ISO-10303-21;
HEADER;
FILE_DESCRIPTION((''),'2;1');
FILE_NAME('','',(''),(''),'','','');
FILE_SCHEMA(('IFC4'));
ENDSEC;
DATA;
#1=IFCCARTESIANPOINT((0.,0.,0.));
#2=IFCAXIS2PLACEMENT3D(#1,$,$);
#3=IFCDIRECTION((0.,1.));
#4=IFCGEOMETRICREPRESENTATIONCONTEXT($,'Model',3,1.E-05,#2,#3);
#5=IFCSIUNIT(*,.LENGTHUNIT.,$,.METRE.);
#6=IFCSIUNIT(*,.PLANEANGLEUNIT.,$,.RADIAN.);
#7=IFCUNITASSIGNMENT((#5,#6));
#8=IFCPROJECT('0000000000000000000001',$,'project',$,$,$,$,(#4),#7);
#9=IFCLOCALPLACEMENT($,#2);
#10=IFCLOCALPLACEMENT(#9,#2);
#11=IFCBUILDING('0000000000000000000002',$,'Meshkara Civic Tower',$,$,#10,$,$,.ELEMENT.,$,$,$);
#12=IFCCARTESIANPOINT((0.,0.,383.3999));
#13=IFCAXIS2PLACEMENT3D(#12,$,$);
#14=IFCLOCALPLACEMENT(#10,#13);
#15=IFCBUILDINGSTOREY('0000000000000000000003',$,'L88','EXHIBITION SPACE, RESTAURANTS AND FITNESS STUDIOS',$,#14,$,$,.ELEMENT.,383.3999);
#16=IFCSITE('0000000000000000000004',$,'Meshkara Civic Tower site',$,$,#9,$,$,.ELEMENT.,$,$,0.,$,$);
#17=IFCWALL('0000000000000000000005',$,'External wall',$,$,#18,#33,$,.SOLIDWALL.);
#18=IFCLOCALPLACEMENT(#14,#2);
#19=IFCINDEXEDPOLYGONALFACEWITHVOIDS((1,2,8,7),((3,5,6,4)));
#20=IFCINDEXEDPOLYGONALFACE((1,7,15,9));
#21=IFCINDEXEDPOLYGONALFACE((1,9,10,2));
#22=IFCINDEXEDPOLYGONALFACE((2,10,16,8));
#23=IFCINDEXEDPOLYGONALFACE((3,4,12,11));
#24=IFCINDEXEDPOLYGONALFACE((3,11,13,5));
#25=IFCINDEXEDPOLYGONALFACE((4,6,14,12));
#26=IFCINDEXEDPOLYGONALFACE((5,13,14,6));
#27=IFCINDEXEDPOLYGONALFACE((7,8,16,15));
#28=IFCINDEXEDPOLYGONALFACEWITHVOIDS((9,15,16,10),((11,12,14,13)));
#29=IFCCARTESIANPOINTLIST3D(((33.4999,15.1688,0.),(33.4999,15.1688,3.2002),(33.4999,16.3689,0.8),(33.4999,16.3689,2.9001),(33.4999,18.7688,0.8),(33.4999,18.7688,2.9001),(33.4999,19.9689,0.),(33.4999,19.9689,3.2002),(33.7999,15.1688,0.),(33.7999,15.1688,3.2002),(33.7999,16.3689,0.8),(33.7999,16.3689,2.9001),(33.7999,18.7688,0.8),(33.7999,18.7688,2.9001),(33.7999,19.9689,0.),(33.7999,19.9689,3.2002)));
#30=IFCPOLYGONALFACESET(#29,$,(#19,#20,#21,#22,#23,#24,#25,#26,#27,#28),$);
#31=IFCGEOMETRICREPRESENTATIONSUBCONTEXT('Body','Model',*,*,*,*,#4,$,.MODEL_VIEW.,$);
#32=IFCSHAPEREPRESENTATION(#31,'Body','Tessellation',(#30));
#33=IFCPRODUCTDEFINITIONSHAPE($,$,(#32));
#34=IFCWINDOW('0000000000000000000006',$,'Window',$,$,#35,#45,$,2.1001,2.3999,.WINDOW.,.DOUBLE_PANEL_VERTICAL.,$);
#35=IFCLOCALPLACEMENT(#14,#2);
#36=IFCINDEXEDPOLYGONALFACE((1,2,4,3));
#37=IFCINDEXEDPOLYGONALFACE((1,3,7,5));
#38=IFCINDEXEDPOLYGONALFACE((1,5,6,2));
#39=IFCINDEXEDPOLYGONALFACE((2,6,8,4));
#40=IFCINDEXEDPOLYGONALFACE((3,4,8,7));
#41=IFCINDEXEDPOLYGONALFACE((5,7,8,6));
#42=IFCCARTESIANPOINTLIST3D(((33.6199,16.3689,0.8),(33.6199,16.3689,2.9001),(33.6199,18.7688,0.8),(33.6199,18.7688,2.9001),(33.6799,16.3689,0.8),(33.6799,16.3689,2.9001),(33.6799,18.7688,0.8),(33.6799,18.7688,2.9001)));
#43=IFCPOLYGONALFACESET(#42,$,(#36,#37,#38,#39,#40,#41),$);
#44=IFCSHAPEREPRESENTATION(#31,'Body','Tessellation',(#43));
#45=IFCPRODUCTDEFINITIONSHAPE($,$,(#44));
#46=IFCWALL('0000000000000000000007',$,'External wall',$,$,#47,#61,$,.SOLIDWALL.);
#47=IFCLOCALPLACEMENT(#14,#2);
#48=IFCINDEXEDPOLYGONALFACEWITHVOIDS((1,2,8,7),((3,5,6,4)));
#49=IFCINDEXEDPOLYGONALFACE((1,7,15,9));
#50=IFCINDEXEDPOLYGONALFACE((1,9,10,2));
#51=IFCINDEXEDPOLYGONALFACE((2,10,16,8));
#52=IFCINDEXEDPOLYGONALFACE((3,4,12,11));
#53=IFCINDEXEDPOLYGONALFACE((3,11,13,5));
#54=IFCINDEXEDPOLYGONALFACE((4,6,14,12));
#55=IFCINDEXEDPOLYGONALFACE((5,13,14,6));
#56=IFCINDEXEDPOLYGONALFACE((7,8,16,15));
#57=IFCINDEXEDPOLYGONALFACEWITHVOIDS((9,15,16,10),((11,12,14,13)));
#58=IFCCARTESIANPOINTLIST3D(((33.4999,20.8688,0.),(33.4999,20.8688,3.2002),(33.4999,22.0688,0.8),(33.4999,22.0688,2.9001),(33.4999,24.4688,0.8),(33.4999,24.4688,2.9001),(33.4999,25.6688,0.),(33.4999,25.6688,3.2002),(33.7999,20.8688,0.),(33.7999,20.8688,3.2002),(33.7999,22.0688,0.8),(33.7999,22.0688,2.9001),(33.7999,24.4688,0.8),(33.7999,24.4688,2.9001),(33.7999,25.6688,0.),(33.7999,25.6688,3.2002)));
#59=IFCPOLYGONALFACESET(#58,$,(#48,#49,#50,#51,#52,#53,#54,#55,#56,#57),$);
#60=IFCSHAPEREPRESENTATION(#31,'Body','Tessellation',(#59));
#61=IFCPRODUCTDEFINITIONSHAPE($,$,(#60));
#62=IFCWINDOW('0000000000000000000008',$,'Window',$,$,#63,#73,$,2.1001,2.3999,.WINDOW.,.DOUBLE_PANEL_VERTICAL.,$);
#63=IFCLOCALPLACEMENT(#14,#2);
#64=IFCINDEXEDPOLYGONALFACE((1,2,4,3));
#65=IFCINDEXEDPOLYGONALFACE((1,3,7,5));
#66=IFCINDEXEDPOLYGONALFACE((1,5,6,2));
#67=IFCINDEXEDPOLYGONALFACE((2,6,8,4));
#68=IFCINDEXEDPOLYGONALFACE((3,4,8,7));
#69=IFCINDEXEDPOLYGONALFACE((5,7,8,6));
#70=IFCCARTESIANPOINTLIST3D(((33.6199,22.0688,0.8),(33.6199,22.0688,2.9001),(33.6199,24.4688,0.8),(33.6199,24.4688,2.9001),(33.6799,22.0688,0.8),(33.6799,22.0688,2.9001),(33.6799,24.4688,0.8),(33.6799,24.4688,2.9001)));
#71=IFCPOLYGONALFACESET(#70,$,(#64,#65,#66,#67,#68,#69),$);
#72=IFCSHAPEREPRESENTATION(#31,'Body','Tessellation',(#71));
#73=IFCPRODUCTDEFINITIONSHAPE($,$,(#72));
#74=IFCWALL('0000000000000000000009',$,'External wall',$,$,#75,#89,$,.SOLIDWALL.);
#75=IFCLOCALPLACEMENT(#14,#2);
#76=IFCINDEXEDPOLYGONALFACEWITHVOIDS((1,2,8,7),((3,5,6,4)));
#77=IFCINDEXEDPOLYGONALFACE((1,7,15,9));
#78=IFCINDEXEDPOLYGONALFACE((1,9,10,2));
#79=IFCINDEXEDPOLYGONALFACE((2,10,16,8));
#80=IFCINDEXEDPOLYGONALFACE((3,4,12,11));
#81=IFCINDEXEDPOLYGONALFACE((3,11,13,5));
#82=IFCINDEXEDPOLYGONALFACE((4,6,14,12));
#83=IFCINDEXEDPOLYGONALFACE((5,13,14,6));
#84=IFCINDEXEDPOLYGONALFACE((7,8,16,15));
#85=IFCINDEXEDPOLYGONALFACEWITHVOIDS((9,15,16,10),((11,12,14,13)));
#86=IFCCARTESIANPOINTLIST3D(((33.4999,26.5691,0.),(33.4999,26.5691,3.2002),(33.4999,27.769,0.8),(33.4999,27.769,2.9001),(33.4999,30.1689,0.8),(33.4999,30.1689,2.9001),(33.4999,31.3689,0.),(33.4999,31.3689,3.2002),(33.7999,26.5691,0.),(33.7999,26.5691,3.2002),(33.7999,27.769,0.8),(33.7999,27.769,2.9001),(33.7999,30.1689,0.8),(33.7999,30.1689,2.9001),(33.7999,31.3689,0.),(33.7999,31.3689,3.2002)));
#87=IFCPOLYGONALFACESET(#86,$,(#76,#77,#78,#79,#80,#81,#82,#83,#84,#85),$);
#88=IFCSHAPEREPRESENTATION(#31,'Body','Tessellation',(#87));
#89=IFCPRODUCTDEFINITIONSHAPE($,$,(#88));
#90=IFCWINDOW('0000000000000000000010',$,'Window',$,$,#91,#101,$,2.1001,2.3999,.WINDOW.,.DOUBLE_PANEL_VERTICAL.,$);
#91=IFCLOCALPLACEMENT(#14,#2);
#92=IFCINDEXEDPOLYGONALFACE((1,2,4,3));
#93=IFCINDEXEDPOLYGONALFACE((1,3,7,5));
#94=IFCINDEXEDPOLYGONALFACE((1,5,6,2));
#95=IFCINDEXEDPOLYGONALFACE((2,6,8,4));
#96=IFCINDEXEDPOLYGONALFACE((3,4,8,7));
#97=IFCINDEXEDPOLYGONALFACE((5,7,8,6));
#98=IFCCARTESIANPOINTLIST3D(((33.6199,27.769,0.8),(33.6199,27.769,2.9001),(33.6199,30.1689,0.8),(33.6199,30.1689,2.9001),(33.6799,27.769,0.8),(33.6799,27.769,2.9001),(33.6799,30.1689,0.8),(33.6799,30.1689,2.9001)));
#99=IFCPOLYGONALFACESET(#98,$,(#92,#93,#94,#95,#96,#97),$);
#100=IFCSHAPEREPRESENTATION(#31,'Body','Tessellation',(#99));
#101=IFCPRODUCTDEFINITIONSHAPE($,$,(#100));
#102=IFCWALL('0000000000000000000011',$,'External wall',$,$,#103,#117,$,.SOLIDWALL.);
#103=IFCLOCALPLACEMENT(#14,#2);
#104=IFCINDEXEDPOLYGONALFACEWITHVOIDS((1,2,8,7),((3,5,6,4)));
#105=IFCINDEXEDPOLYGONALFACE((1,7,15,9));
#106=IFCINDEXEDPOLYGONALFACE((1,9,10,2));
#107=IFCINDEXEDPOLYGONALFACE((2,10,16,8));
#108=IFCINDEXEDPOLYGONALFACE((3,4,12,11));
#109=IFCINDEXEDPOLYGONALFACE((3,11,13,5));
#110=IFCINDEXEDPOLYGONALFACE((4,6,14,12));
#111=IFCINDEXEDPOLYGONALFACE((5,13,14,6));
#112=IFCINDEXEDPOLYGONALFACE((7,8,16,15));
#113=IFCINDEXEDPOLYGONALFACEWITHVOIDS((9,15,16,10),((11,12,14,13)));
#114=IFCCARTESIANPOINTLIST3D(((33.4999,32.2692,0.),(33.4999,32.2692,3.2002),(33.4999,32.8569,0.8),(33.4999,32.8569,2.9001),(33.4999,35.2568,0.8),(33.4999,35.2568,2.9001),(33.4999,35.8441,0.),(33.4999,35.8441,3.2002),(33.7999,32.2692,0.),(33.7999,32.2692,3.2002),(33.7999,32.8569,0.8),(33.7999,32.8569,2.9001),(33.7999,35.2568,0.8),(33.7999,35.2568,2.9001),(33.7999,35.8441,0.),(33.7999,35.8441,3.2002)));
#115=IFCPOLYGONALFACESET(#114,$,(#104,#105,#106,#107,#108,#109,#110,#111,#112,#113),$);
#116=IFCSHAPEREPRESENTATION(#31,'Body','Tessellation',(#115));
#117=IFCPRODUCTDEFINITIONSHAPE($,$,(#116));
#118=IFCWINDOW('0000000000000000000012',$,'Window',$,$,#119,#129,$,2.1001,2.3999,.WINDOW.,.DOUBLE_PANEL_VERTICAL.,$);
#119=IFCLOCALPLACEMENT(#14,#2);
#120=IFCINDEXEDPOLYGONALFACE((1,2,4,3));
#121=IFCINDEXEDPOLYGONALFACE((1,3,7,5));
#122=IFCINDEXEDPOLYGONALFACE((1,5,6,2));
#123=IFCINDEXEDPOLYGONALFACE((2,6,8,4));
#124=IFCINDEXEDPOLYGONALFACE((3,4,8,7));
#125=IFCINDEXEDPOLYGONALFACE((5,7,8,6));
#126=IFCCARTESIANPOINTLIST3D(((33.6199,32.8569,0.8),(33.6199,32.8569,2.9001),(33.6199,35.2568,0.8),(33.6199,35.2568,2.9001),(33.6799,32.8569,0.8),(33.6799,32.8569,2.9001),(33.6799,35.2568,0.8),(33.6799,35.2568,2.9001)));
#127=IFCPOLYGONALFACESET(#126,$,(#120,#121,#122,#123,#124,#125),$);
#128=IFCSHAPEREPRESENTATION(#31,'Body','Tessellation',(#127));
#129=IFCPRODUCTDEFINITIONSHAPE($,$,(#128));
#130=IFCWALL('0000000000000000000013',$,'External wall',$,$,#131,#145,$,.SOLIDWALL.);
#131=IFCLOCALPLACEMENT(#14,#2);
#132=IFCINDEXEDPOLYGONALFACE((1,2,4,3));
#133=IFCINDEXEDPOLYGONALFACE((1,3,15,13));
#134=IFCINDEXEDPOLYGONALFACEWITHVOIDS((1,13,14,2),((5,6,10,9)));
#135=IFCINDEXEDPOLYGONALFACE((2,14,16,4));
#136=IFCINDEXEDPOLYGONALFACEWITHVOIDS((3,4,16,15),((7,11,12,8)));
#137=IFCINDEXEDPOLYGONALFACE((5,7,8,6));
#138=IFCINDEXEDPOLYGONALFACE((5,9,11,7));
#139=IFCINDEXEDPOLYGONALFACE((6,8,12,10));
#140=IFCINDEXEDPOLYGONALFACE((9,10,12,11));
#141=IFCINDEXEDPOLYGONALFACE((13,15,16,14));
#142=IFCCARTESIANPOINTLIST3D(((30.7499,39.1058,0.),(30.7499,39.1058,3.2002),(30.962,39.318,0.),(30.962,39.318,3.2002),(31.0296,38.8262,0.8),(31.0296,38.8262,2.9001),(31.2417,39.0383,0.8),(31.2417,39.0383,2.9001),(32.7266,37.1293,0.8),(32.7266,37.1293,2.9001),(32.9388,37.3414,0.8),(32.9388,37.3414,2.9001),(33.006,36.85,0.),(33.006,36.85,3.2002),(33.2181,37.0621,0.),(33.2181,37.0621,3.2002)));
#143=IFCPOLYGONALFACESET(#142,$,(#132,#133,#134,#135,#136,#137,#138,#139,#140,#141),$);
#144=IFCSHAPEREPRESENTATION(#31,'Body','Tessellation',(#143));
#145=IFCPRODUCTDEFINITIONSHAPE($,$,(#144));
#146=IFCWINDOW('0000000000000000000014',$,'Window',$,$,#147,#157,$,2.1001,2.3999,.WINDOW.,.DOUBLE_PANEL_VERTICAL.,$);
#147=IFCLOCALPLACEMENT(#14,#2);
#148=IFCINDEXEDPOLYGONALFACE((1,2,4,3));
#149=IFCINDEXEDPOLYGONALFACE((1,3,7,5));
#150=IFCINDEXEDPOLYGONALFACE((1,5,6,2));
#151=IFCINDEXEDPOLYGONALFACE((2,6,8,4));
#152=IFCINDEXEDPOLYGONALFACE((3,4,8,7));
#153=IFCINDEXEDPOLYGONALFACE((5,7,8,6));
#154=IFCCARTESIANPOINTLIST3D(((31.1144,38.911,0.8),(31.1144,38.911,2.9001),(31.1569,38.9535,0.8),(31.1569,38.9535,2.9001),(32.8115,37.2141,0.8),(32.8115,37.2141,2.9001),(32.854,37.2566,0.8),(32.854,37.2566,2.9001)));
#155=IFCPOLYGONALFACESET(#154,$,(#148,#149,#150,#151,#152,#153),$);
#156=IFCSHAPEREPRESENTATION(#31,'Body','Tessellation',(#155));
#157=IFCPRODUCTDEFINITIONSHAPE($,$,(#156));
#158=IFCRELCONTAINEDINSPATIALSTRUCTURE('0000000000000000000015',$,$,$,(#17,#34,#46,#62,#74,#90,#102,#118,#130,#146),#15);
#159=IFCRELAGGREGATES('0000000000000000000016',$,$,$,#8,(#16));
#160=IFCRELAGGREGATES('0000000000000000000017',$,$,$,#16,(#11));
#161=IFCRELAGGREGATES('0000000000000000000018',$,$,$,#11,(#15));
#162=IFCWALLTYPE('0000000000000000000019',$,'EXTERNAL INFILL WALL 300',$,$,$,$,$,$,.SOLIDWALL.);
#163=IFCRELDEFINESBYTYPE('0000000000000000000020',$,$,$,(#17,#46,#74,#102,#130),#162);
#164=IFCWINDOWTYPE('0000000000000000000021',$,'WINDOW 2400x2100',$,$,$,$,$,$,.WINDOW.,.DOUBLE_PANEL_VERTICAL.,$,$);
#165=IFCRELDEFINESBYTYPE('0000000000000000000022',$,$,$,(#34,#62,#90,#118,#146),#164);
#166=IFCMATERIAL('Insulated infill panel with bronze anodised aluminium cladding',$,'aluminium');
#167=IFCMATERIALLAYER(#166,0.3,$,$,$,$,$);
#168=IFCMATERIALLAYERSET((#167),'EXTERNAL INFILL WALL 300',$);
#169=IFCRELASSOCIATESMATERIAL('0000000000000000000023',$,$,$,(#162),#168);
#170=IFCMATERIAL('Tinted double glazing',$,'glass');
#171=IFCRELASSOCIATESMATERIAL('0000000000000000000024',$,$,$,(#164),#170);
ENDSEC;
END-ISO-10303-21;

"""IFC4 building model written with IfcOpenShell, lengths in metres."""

from ifc_helpers import new_model, si_unit, direction, frame, frame_2d, origin, place, context, subcontext, project, spatial, rectangle, extrude, material, layer, layer_set, type_object, element, fill, save


model = new_model("IFC4")

# Units and contexts
model_context = context("Model", 3, precision=1e-05, world=origin(), true_north=direction((0.0, 1.0)))
body_context = subcontext(model_context, "Body", "Model", "MODEL_VIEW")
ifc_project = project(units=[si_unit("LENGTHUNIT", "METRE"), si_unit("PLANEANGLEUNIT", "RADIAN")], contexts=[model_context])

# Site, building, storey
site_placement = place(None, origin())
site = spatial("IfcSite", under=ifc_project, at=site_placement, Name="Meshkara Civic Tower site", CompositionType="ELEMENT", RefElevation=0.0)
building_placement = place(site_placement, origin())
building = spatial("IfcBuilding", under=site, at=building_placement, Name="Meshkara Civic Tower", CompositionType="ELEMENT")
storey_placement = place(building_placement, frame((0.0, 0.0, 383.3999)))
storey = spatial("IfcBuildingStorey", under=building, at=storey_placement, Name="L88", Description="EXHIBITION SPACE, RESTAURANTS AND FITNESS STUDIOS", CompositionType="ELEMENT", Elevation=383.3999)

# Walls, openings, windows
ifc_material_1 = material(Name="Insulated infill panel with bronze anodised aluminium cladding", Category="aluminium")
ifc_layer_1 = layer(ifc_material_1, 0.3)
ifc_layer_set_1 = layer_set([ifc_layer_1], Name="EXTERNAL INFILL WALL 300")
wall_type_1 = type_object("IfcWallType", Name="EXTERNAL INFILL WALL 300", PredefinedType="SOLIDWALL", material=ifc_layer_set_1)
wall_1_placement = place(storey_placement, frame((33.6499, 15.1689, 0.0), z_axis=(0.0, 0.0, 1.0), x_axis=(0.0, 1.0, 0.0)))
wall_1 = element("IfcWall", 1, at=wall_1_placement, inside=storey, type_object=wall_type_1, Name="External wall", PredefinedType="SOLIDWALL", context=body_context, shape_type="SweptSolid", body=[
    extrude(rectangle(XDim=4.8, YDim=0.3, at=frame_2d((2.3999, 0.0))), origin(), (0.0, 0.0, 1.0), 3.2002),
])
opening_1_placement = place(wall_1_placement, frame((1.2, 0.0, 0.8)))
opening_1 = element("IfcOpeningElement", 2, at=opening_1_placement, cuts=wall_1, PredefinedType="OPENING", context=body_context, shape_type="SweptSolid", body=[
    extrude(rectangle(XDim=2.3999, YDim=2.1001, at=frame_2d((1.2, 1.05))), frame((0.0, 0.1599, 0.0), z_axis=(0.0, -1.0, 0.0), x_axis=(1.0, 0.0, 0.0)), (0.0, 0.0, 1.0), 0.3201),
])
ifc_material_2 = material(Name="Tinted double glazing", Category="glass")
window_type = type_object("IfcWindowType", Name="WINDOW 2400x2100", PartitioningType="DOUBLE_PANEL_VERTICAL", PredefinedType="WINDOW", material=ifc_material_2)
window_1_placement = place(opening_1_placement, origin())
window_1 = element("IfcWindow", 3, at=window_1_placement, inside=storey, type_object=window_type, Name="Window", OverallHeight=2.1001, OverallWidth=2.3999, PartitioningType="DOUBLE_PANEL_VERTICAL", PredefinedType="WINDOW", context=body_context, shape_type="SweptSolid", body=[
    extrude(rectangle(XDim=2.3999, YDim=2.1001, at=frame_2d((1.2, 1.05))), frame((0.0, 0.03, 0.0), z_axis=(0.0, -1.0, 0.0), x_axis=(1.0, 0.0, 0.0)), (0.0, 0.0, 1.0), 0.0601),
])
fill(opening_1, window_1)
wall_2_placement = place(storey_placement, frame((33.6499, 20.8689, 0.0), z_axis=(0.0, 0.0, 1.0), x_axis=(0.0, 1.0, 0.0)))
wall_2 = element("IfcWall", 4, at=wall_2_placement, inside=storey, type_object=wall_type_1, Name="External wall", PredefinedType="SOLIDWALL", context=body_context, shape_type="SweptSolid", body=[
    extrude(rectangle(XDim=4.8, YDim=0.3, at=frame_2d((2.3999, 0.0))), origin(), (0.0, 0.0, 1.0), 3.2002),
])
opening_2_placement = place(wall_2_placement, frame((1.2, 0.0, 0.8)))
opening_2 = element("IfcOpeningElement", 5, at=opening_2_placement, cuts=wall_2, PredefinedType="OPENING", context=body_context, shape_type="SweptSolid", body=[
    extrude(rectangle(XDim=2.3999, YDim=2.1001, at=frame_2d((1.2, 1.05))), frame((0.0, 0.1599, 0.0), z_axis=(0.0, -1.0, 0.0), x_axis=(1.0, 0.0, 0.0)), (0.0, 0.0, 1.0), 0.3201),
])
window_2_placement = place(opening_2_placement, origin())
window_2 = element("IfcWindow", 6, at=window_2_placement, inside=storey, type_object=window_type, Name="Window", OverallHeight=2.1001, OverallWidth=2.3999, PartitioningType="DOUBLE_PANEL_VERTICAL", PredefinedType="WINDOW", context=body_context, shape_type="SweptSolid", body=[
    extrude(rectangle(XDim=2.3999, YDim=2.1001, at=frame_2d((1.2, 1.05))), frame((0.0, 0.03, 0.0), z_axis=(0.0, -1.0, 0.0), x_axis=(1.0, 0.0, 0.0)), (0.0, 0.0, 1.0), 0.0601),
])
fill(opening_2, window_2)
wall_3_placement = place(storey_placement, frame((33.6499, 26.5691, 0.0), z_axis=(0.0, 0.0, 1.0), x_axis=(0.0, 1.0, 0.0)))
wall_3 = element("IfcWall", 7, at=wall_3_placement, inside=storey, type_object=wall_type_1, Name="External wall", PredefinedType="SOLIDWALL", context=body_context, shape_type="SweptSolid", body=[
    extrude(rectangle(XDim=4.7998, YDim=0.3, at=frame_2d((2.3999, 0.0))), origin(), (0.0, 0.0, 1.0), 3.2002),
])
opening_3_placement = place(wall_3_placement, frame((1.2, 0.0, 0.8)))
opening_3 = element("IfcOpeningElement", 8, at=opening_3_placement, cuts=wall_3, PredefinedType="OPENING", context=body_context, shape_type="SweptSolid", body=[
    extrude(rectangle(XDim=2.3999, YDim=2.1001, at=frame_2d((1.2, 1.05))), frame((0.0, 0.1599, 0.0), z_axis=(0.0, -1.0, 0.0), x_axis=(1.0, 0.0, 0.0)), (0.0, 0.0, 1.0), 0.3201),
])
window_3_placement = place(opening_3_placement, origin())
window_3 = element("IfcWindow", 9, at=window_3_placement, inside=storey, type_object=window_type, Name="Window", OverallHeight=2.1001, OverallWidth=2.3999, PartitioningType="DOUBLE_PANEL_VERTICAL", PredefinedType="WINDOW", context=body_context, shape_type="SweptSolid", body=[
    extrude(rectangle(XDim=2.3999, YDim=2.1001, at=frame_2d((1.2, 1.05))), frame((0.0, 0.03, 0.0), z_axis=(0.0, -1.0, 0.0), x_axis=(1.0, 0.0, 0.0)), (0.0, 0.0, 1.0), 0.0601),
])
fill(opening_3, window_3)
wall_4_placement = place(storey_placement, frame((33.6499, 32.269, 0.0), z_axis=(0.0, 0.0, 1.0), x_axis=(0.0, 1.0, 0.0)))
wall_4 = element("IfcWall", 10, at=wall_4_placement, inside=storey, type_object=wall_type_1, Name="External wall", PredefinedType="SOLIDWALL", context=body_context, shape_type="SweptSolid", body=[
    extrude(rectangle(XDim=3.575, YDim=0.3, at=frame_2d((1.7876, 0.0))), origin(), (0.0, 0.0, 1.0), 3.2002),
])
opening_4_placement = place(wall_4_placement, frame((0.5879, 0.0, 0.8)))
opening_4 = element("IfcOpeningElement", 11, at=opening_4_placement, cuts=wall_4, PredefinedType="OPENING", context=body_context, shape_type="SweptSolid", body=[
    extrude(rectangle(XDim=2.3999, YDim=2.1001, at=frame_2d((1.2, 1.05))), frame((0.0, 0.1599, 0.0), z_axis=(0.0, -1.0, 0.0), x_axis=(1.0, 0.0, 0.0)), (0.0, 0.0, 1.0), 0.3201),
])
window_4_placement = place(opening_4_placement, origin())
window_4 = element("IfcWindow", 12, at=window_4_placement, inside=storey, type_object=window_type, Name="Window", OverallHeight=2.1001, OverallWidth=2.3999, PartitioningType="DOUBLE_PANEL_VERTICAL", PredefinedType="WINDOW", context=body_context, shape_type="SweptSolid", body=[
    extrude(rectangle(XDim=2.3999, YDim=2.1001, at=frame_2d((1.2, 1.05))), frame((0.0, 0.03, 0.0), z_axis=(0.0, -1.0, 0.0), x_axis=(1.0, 0.0, 0.0)), (0.0, 0.0, 1.0), 0.0601),
])
fill(opening_4, window_4)
wall_5_placement = place(storey_placement, frame((33.1121, 36.9561, 0.0), z_axis=(0.0, 0.0, 1.0), x_axis=(-0.707145, 0.707069, 0.0)))
wall_5 = element("IfcWall", 13, at=wall_5_placement, inside=storey, type_object=wall_type_1, Name="External wall", PredefinedType="SOLIDWALL", context=body_context, shape_type="SweptSolid", body=[
    extrude(rectangle(XDim=3.1904, YDim=0.3, at=frame_2d((1.5952, 0.0))), origin(), (0.0, 0.0, 1.0), 3.2002),
])
opening_5_placement = place(wall_5_placement, frame((0.395, 0.0, 0.8)))
opening_5 = element("IfcOpeningElement", 14, at=opening_5_placement, cuts=wall_5, PredefinedType="OPENING", context=body_context, shape_type="SweptSolid", body=[
    extrude(rectangle(XDim=2.3999, YDim=2.1001, at=frame_2d((1.2, 1.05))), frame((0.0, 0.1599, 0.0), z_axis=(0.0, -1.0, 0.0), x_axis=(1.0, 0.0, 0.0)), (0.0, 0.0, 1.0), 0.3201),
])
window_5_placement = place(opening_5_placement, origin())
window_5 = element("IfcWindow", 15, at=window_5_placement, inside=storey, type_object=window_type, Name="Window", OverallHeight=2.1001, OverallWidth=2.3999, PartitioningType="DOUBLE_PANEL_VERTICAL", PredefinedType="WINDOW", context=body_context, shape_type="SweptSolid", body=[
    extrude(rectangle(XDim=2.3999, YDim=2.1001, at=frame_2d((1.2, 1.05))), frame((0.0, 0.03, 0.0), z_axis=(0.0, -1.0, 0.0), x_axis=(1.0, 0.0, 0.0)), (0.0, 0.0, 1.0), 0.0601),
])
fill(opening_5, window_5)

save(model, "model.ifc")
